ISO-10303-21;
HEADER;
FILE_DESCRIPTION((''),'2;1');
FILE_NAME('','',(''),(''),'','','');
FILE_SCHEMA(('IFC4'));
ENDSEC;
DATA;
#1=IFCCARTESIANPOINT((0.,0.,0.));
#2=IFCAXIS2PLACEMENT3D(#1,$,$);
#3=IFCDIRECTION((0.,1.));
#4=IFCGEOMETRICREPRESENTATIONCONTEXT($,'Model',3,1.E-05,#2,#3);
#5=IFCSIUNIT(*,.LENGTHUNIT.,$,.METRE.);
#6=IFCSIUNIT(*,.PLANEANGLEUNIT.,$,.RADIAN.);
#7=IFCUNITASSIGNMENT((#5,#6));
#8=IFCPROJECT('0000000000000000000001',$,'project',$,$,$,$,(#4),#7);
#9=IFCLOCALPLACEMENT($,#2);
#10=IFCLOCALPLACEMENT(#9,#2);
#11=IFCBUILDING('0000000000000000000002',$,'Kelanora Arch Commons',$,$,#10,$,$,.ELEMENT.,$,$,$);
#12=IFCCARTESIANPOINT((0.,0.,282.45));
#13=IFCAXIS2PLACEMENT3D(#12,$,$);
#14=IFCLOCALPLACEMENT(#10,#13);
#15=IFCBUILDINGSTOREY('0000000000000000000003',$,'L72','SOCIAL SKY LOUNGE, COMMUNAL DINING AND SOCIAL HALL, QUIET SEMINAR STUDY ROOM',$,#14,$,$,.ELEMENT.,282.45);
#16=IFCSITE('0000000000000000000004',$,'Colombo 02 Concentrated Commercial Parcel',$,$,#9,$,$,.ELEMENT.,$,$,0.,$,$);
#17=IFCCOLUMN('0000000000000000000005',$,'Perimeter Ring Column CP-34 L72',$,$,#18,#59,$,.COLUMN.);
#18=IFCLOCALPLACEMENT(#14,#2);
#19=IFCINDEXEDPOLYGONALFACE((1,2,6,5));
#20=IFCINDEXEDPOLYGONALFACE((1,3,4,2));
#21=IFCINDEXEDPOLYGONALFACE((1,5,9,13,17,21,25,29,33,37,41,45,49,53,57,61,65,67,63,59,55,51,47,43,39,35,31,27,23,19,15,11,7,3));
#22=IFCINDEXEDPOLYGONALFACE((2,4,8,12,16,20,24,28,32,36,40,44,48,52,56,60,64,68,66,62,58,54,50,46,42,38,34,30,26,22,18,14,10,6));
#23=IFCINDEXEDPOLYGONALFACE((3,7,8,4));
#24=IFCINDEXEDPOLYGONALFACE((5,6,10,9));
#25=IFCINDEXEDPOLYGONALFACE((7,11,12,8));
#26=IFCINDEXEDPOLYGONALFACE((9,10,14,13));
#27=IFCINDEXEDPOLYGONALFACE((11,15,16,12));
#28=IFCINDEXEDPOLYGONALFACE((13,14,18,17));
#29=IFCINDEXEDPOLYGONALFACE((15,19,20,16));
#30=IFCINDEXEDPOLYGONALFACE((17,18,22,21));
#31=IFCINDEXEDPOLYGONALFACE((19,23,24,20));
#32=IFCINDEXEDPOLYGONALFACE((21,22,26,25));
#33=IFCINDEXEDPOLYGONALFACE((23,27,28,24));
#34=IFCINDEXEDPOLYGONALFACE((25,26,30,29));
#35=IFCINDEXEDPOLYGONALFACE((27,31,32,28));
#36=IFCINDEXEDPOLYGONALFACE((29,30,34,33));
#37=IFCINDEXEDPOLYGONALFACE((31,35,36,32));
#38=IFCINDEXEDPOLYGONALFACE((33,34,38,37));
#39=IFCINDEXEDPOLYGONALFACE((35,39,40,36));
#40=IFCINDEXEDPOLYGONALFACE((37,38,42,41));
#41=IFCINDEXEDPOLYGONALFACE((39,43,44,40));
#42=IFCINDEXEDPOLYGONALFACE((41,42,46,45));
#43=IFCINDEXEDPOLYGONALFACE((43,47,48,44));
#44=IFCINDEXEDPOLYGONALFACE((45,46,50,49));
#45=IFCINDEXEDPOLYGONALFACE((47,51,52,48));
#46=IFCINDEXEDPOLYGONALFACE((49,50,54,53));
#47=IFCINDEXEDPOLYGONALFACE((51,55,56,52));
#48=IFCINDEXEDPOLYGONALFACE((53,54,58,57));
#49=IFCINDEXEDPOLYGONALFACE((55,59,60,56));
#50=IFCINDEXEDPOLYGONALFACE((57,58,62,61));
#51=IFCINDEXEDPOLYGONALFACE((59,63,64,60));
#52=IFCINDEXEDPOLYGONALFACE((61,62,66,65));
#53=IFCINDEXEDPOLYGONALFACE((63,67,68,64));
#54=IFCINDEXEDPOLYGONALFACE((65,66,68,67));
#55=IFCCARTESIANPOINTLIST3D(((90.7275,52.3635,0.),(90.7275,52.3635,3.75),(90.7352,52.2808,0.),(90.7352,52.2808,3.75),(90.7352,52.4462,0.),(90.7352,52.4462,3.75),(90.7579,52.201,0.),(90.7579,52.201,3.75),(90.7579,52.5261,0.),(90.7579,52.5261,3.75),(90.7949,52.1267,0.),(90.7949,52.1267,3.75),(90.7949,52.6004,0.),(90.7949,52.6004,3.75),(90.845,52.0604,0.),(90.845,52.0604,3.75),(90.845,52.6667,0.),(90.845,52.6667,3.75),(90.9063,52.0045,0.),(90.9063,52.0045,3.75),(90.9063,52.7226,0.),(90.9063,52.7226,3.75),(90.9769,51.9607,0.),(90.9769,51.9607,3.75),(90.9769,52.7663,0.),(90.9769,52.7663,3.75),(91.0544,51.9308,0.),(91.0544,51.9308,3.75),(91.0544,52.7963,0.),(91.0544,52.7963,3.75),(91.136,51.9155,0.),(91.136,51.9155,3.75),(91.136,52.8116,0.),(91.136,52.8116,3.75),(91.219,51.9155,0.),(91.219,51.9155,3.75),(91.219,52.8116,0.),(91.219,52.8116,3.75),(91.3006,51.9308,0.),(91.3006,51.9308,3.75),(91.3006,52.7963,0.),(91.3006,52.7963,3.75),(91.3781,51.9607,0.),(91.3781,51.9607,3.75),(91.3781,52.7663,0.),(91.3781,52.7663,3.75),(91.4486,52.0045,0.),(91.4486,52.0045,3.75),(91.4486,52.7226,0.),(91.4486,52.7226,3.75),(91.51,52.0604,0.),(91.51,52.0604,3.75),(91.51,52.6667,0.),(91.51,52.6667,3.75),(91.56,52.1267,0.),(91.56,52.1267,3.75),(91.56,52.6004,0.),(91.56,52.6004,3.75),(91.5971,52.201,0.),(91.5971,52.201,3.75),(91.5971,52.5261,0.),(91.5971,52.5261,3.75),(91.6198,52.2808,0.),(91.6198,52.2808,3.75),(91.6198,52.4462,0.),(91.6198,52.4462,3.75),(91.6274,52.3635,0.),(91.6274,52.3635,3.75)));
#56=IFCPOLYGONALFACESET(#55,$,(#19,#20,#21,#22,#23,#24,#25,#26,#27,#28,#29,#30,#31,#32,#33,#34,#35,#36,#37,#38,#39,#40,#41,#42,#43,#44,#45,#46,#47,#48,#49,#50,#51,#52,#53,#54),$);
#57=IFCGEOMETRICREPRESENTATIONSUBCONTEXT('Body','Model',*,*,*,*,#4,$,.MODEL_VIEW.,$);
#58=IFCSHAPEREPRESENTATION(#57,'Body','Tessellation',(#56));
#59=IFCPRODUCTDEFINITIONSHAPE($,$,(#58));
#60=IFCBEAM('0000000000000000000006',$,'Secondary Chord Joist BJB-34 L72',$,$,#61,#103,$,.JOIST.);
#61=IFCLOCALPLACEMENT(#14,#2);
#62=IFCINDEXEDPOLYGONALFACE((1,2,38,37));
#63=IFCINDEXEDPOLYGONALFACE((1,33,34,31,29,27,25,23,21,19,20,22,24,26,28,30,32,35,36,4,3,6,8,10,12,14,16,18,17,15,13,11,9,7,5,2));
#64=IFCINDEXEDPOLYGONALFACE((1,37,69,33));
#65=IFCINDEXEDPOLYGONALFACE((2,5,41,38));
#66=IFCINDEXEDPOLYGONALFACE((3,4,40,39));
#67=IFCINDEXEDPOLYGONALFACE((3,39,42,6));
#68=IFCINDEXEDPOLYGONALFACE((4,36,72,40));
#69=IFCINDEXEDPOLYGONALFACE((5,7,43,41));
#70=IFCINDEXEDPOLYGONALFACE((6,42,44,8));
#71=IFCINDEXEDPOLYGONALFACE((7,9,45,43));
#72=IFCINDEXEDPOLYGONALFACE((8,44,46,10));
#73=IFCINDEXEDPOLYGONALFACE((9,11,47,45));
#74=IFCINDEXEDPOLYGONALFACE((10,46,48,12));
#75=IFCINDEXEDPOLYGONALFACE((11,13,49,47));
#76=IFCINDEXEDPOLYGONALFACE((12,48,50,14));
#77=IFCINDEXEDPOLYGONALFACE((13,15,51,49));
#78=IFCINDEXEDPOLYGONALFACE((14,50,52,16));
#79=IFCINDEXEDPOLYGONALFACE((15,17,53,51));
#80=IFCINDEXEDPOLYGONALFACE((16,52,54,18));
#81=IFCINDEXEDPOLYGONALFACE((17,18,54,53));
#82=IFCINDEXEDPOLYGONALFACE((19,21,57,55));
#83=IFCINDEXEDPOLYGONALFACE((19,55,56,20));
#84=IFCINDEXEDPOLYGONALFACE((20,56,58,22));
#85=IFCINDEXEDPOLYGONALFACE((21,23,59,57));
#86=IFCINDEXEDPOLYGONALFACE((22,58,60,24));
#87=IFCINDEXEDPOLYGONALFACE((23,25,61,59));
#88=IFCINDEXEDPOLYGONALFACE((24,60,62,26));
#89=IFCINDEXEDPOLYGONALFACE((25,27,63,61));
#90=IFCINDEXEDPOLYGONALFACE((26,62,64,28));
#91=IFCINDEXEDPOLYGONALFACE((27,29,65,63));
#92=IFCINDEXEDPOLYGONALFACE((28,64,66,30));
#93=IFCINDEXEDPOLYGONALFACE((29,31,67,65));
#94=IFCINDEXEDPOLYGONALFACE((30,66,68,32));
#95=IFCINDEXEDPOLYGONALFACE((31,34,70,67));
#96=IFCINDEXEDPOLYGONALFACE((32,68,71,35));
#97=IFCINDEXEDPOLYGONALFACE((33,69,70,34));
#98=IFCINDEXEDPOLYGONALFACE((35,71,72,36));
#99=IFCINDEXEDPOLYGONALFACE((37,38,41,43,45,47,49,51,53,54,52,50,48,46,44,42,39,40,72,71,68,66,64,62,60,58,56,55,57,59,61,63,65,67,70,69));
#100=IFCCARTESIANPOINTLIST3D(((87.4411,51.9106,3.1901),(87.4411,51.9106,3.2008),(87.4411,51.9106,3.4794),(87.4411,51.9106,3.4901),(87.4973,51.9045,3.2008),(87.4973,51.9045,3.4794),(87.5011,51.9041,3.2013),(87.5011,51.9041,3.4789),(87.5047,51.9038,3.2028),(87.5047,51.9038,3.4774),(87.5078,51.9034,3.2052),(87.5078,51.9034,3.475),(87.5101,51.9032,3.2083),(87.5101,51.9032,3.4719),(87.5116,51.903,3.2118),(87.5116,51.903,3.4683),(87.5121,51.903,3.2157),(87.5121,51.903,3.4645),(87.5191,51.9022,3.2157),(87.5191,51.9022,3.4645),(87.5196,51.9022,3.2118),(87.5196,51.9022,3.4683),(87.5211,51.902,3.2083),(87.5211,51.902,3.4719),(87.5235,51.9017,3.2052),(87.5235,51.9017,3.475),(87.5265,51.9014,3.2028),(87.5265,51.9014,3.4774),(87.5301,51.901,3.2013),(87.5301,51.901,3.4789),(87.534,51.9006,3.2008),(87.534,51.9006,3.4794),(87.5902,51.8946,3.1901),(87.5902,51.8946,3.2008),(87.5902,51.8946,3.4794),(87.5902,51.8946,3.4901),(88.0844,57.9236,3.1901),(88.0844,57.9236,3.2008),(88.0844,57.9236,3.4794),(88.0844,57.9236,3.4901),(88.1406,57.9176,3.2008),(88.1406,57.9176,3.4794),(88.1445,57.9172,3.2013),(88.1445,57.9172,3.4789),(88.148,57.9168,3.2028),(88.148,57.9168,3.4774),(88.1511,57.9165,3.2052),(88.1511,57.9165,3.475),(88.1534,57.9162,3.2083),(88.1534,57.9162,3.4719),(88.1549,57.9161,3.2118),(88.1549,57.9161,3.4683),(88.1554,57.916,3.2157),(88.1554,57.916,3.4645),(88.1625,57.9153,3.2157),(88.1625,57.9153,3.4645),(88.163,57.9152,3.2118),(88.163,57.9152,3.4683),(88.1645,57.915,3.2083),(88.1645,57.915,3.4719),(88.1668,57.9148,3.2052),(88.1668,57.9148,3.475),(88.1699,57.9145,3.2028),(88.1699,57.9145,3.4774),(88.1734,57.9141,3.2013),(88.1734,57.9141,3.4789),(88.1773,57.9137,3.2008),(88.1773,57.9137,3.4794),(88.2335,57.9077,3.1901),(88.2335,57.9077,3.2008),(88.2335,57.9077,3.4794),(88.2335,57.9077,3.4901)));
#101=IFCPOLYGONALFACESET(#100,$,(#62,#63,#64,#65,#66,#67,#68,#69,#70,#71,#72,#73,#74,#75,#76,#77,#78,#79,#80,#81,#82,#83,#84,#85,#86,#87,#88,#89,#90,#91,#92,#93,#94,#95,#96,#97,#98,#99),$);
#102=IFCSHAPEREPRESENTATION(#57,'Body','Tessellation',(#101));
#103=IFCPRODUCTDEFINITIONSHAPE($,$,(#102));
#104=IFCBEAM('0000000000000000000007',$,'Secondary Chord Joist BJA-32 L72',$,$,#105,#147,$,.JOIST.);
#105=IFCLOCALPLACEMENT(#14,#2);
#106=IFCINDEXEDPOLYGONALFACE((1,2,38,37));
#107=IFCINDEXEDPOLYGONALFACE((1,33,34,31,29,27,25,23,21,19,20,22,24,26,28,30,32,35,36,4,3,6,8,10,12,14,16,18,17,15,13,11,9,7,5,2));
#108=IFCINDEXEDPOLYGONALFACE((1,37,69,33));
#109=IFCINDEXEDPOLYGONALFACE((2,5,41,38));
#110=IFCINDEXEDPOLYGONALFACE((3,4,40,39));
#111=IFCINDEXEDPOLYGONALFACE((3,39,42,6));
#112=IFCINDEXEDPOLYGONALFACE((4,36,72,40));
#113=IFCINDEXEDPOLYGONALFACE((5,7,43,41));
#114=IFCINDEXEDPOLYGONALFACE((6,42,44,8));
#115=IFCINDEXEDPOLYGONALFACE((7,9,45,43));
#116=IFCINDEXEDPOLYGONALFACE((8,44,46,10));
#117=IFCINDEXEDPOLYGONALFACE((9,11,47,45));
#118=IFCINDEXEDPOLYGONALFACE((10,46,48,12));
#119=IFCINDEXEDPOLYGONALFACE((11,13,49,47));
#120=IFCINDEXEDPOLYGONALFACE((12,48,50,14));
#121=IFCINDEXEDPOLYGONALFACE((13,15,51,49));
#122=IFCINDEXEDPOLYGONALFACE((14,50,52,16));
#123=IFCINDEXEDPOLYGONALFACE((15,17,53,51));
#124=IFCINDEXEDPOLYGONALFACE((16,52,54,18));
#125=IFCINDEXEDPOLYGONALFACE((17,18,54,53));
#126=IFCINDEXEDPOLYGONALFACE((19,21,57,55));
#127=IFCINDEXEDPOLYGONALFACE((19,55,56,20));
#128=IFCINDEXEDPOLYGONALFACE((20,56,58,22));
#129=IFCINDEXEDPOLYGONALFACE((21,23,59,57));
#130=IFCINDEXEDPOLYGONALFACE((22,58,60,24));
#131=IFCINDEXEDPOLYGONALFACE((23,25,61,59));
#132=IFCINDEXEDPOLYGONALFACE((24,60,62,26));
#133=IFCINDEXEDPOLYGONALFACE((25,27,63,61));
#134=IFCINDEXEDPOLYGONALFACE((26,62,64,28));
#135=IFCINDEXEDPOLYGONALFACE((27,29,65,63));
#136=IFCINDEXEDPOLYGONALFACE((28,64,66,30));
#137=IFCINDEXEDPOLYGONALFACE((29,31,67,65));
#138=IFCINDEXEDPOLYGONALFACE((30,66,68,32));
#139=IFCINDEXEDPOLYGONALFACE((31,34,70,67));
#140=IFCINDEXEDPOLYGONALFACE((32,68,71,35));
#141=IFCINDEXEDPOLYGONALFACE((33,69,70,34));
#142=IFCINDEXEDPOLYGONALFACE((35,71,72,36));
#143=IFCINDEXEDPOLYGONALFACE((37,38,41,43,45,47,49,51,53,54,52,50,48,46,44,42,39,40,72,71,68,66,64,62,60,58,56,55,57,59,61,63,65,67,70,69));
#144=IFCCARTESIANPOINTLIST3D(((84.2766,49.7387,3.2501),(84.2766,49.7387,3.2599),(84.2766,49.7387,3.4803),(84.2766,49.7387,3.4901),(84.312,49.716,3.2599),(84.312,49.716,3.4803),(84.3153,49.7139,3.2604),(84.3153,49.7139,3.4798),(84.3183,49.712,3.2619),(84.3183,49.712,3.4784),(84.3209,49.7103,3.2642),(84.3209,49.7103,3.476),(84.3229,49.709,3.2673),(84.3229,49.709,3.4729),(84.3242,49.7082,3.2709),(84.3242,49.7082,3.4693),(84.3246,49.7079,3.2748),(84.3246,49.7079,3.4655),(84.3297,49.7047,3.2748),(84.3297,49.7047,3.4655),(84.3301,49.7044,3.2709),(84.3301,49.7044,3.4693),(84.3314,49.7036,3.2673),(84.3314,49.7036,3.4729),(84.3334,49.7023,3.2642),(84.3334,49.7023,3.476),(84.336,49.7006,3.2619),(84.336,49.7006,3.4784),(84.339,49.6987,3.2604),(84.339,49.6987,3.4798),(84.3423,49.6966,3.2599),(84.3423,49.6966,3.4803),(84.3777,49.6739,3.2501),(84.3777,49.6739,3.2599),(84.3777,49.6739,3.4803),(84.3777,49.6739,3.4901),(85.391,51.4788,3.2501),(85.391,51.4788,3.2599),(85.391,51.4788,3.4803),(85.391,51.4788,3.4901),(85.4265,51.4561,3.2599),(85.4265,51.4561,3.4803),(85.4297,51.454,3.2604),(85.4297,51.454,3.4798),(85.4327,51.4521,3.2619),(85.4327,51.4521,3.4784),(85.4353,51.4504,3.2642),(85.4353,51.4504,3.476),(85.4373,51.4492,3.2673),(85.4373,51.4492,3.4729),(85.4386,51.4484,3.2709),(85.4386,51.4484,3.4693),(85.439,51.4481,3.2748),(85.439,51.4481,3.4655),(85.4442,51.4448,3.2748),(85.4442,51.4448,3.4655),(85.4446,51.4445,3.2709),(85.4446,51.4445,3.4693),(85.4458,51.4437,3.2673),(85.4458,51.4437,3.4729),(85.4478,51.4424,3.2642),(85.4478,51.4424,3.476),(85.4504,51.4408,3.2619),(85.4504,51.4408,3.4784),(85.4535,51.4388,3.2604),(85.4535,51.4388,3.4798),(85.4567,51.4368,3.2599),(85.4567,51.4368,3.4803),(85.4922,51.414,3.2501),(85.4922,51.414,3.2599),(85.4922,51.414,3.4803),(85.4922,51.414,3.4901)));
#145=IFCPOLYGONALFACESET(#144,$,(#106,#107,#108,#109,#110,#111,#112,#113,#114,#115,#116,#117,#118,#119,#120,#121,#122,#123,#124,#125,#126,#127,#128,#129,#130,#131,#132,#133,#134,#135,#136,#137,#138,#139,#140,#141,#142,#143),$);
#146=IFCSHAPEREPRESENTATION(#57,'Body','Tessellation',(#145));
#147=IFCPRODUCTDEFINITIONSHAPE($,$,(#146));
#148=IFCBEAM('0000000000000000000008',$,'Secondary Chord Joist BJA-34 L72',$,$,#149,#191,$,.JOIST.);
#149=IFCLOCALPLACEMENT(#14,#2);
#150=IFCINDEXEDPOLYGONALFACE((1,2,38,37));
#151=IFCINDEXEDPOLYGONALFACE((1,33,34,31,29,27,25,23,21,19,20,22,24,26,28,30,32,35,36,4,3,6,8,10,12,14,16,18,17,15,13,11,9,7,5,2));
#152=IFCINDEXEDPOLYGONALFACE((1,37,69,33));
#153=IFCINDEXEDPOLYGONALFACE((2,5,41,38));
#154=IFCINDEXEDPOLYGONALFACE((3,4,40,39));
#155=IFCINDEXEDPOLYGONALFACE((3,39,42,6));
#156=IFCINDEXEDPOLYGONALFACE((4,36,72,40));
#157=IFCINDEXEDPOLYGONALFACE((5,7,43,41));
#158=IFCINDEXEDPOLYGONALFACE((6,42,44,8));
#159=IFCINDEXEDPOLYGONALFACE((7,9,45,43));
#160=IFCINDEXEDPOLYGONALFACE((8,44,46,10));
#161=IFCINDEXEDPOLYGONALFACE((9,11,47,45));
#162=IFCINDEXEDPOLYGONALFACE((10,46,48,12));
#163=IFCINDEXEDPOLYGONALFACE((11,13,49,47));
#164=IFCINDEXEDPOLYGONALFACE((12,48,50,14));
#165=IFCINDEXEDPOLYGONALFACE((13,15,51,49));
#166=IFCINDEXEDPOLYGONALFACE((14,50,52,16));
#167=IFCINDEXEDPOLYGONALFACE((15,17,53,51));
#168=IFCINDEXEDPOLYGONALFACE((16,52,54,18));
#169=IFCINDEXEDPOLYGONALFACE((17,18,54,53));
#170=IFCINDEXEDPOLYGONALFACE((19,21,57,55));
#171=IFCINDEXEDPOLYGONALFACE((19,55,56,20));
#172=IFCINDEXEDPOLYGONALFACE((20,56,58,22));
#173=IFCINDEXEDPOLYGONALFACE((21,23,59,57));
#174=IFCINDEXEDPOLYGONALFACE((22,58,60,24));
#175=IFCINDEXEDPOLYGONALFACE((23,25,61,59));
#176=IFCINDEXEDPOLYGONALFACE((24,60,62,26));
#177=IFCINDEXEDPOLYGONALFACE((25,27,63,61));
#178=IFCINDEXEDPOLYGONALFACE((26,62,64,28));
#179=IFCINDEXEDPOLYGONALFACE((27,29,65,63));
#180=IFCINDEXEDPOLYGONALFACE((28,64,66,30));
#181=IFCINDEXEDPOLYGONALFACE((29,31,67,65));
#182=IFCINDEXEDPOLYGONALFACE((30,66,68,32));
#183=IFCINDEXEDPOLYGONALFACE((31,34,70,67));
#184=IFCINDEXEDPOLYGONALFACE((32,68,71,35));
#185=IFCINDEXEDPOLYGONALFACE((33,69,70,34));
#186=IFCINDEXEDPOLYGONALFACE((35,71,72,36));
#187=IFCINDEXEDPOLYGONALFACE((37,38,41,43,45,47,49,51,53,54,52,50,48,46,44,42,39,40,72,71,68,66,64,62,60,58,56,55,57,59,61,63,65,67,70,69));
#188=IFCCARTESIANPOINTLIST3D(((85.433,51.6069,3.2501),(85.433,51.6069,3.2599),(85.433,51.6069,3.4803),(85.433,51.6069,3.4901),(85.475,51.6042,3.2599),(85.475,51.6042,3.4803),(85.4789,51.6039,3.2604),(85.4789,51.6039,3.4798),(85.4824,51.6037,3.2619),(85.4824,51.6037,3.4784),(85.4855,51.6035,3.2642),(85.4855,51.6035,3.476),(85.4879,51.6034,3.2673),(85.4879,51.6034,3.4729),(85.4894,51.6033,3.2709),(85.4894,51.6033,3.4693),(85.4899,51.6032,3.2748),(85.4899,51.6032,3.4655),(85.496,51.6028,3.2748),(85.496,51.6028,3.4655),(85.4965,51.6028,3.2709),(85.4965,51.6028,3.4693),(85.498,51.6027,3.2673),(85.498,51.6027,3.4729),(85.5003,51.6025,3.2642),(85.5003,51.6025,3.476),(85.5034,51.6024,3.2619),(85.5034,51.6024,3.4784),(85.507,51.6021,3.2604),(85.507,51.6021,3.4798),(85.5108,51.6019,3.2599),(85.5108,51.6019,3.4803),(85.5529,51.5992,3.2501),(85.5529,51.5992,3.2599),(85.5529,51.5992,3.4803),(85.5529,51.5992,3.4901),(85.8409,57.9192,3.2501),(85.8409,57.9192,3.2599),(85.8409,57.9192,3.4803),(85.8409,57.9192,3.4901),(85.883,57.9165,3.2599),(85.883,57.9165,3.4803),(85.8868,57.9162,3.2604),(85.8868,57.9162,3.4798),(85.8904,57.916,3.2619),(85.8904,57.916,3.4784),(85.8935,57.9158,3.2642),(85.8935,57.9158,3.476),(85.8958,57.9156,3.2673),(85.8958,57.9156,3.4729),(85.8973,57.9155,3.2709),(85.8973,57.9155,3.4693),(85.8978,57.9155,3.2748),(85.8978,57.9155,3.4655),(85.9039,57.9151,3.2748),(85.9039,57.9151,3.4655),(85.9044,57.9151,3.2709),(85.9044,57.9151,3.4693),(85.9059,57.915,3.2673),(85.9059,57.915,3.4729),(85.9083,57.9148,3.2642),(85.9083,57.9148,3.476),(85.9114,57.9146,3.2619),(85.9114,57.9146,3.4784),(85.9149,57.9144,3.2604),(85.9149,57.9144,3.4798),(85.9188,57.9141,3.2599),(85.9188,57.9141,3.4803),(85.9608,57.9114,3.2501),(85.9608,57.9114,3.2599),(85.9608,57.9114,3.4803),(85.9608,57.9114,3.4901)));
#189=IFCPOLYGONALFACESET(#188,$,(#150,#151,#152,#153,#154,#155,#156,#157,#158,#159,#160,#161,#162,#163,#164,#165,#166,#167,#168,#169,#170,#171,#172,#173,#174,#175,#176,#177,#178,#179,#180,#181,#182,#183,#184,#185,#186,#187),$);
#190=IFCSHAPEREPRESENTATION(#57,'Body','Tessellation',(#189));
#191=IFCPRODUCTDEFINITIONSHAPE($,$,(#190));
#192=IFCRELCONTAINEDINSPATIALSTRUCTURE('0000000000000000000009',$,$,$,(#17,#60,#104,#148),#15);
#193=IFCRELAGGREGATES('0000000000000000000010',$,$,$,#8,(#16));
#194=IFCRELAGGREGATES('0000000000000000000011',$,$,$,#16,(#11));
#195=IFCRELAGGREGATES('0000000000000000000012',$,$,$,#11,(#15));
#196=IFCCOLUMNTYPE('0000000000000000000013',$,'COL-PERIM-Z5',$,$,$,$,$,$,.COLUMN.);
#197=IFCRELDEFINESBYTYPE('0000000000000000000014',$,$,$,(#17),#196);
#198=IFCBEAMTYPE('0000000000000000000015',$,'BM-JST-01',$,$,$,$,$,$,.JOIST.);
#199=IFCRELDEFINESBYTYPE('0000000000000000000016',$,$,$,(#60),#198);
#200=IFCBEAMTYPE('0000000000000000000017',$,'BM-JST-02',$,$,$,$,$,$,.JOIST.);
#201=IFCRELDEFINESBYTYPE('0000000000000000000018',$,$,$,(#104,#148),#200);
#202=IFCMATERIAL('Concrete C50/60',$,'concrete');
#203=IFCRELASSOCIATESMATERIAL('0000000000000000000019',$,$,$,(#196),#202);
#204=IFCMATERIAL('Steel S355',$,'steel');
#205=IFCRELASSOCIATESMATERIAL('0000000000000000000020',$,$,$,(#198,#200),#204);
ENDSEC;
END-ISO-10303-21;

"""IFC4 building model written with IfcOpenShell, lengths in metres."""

from ifc_helpers import new_model, si_unit, direction, frame, origin, origin_2d, place, context, subcontext, project, spatial, circle, i_section, extrude, material, material_profile, profile_set, type_object, element, save


model = new_model("IFC4")

# Units and contexts
model_context = context("Model", 3, precision=1e-05, world=origin(), true_north=direction((0.0, 1.0)))
body_context = subcontext(model_context, "Body", "Model", "MODEL_VIEW")
ifc_project = project(units=[si_unit("LENGTHUNIT", "METRE"), si_unit("PLANEANGLEUNIT", "RADIAN")], contexts=[model_context])

# Site, building, storey
site_placement = place(None, origin())
site = spatial("IfcSite", under=ifc_project, at=site_placement, Name="Colombo 02 Concentrated Commercial Parcel", CompositionType="ELEMENT", RefElevation=0.0)
building_placement = place(site_placement, origin())
building = spatial("IfcBuilding", under=site, at=building_placement, Name="Kelanora Arch Commons", CompositionType="ELEMENT")
storey_placement = place(building_placement, frame((0.0, 0.0, 282.45)))
storey = spatial("IfcBuildingStorey", under=building, at=storey_placement, Name="L72", Description="SOCIAL SKY LOUNGE, COMMUNAL DINING AND SOCIAL HALL, QUIET SEMINAR STUDY ROOM", CompositionType="ELEMENT", Elevation=282.45)

# Column
ifc_material_1 = material(Name="Concrete C50/60", Category="concrete")
ifc_material_profile_1 = material_profile(ifc_material_1, circle(Radius=0.45, at=origin_2d()), Name="RCC900")
ifc_profile_set_1 = profile_set([ifc_material_profile_1], Name="Concrete C50/60")
column_type = type_object("IfcColumnType", Name="COL-PERIM-Z5", PredefinedType="COLUMN", material=ifc_profile_set_1)
column_placement = place(storey_placement, frame((91.1775, 52.3635, 0.0), z_axis=(0.0, 0.0, 1.0), x_axis=(1.0, 0.0, 0.0)))
element("IfcColumn", 1, at=column_placement, inside=storey, type_object=column_type, Name="Perimeter Ring Column CP-34 L72", PredefinedType="COLUMN", context=body_context, shape_type="SweptSolid", body=[
    extrude(circle(Radius=0.45, at=origin_2d()), origin(), (0.0, 0.0, 1.0), 3.75),
])

# Beams
ifc_material_2 = material(Name="Steel S355", Category="steel")
ifc_material_profile_2 = material_profile(ifc_material_2, i_section(OverallWidth=0.1499, OverallDepth=0.3, WebThickness=0.0071, FlangeThickness=0.0107, FilletRadius=0.0149, at=origin_2d()), Name="IPE300")
ifc_profile_set_2 = profile_set([ifc_material_profile_2], Name="Steel S355")
beam_type_1 = type_object("IfcBeamType", Name="BM-JST-01", PredefinedType="JOIST", material=ifc_profile_set_2)
beam_1_placement = place(storey_placement, frame((87.5156, 51.9026, 3.3401), z_axis=(0.106381, 0.994325, 0.0), x_axis=(-0.994325, 0.106381, 0.0)))
element("IfcBeam", 2, at=beam_1_placement, inside=storey, type_object=beam_type_1, Name="Secondary Chord Joist BJB-34 L72", PredefinedType="JOIST", context=body_context, shape_type="SweptSolid", body=[
    extrude(i_section(OverallWidth=0.1499, OverallDepth=0.3, WebThickness=0.0071, FlangeThickness=0.0107, FilletRadius=0.0149, at=origin_2d()), origin(), (0.0, 0.0, 1.0), 6.0474),
])
ifc_material_profile_3 = material_profile(ifc_material_2, i_section(OverallWidth=0.1201, OverallDepth=0.24, WebThickness=0.0061, FlangeThickness=0.0098, FilletRadius=0.0149, at=origin_2d()), Name="IPE240")
ifc_profile_set_3 = profile_set([ifc_material_profile_3], Name="Steel S355")
beam_type_2 = type_object("IfcBeamType", Name="BM-JST-02", PredefinedType="JOIST", material=ifc_profile_set_3)
beam_2_placement = place(storey_placement, frame((84.3271, 49.7063, 3.3701), z_axis=(0.539312, 0.842106, 0.0), x_axis=(-0.842106, 0.539312, 0.0)))
element("IfcBeam", 3, at=beam_2_placement, inside=storey, type_object=beam_type_2, Name="Secondary Chord Joist BJA-32 L72", PredefinedType="JOIST", context=body_context, shape_type="SweptSolid", body=[
    extrude(i_section(OverallWidth=0.1201, OverallDepth=0.24, WebThickness=0.0061, FlangeThickness=0.0098, FilletRadius=0.0149, at=origin_2d()), origin(), (0.0, 0.0, 1.0), 2.0664),
])
beam_3_placement = place(storey_placement, frame((85.4929, 51.603, 3.3701), z_axis=(0.064495, 0.997918, 0.0), x_axis=(-0.997918, 0.064495, 0.0)))
element("IfcBeam", 4, at=beam_3_placement, inside=storey, type_object=beam_type_2, Name="Secondary Chord Joist BJA-34 L72", PredefinedType="JOIST", context=body_context, shape_type="SweptSolid", body=[
    extrude(i_section(OverallWidth=0.1201, OverallDepth=0.24, WebThickness=0.0061, FlangeThickness=0.0098, FilletRadius=0.0149, at=origin_2d()), origin(), (0.0, 0.0, 1.0), 6.3254),
])

save(model, "model.ifc")
